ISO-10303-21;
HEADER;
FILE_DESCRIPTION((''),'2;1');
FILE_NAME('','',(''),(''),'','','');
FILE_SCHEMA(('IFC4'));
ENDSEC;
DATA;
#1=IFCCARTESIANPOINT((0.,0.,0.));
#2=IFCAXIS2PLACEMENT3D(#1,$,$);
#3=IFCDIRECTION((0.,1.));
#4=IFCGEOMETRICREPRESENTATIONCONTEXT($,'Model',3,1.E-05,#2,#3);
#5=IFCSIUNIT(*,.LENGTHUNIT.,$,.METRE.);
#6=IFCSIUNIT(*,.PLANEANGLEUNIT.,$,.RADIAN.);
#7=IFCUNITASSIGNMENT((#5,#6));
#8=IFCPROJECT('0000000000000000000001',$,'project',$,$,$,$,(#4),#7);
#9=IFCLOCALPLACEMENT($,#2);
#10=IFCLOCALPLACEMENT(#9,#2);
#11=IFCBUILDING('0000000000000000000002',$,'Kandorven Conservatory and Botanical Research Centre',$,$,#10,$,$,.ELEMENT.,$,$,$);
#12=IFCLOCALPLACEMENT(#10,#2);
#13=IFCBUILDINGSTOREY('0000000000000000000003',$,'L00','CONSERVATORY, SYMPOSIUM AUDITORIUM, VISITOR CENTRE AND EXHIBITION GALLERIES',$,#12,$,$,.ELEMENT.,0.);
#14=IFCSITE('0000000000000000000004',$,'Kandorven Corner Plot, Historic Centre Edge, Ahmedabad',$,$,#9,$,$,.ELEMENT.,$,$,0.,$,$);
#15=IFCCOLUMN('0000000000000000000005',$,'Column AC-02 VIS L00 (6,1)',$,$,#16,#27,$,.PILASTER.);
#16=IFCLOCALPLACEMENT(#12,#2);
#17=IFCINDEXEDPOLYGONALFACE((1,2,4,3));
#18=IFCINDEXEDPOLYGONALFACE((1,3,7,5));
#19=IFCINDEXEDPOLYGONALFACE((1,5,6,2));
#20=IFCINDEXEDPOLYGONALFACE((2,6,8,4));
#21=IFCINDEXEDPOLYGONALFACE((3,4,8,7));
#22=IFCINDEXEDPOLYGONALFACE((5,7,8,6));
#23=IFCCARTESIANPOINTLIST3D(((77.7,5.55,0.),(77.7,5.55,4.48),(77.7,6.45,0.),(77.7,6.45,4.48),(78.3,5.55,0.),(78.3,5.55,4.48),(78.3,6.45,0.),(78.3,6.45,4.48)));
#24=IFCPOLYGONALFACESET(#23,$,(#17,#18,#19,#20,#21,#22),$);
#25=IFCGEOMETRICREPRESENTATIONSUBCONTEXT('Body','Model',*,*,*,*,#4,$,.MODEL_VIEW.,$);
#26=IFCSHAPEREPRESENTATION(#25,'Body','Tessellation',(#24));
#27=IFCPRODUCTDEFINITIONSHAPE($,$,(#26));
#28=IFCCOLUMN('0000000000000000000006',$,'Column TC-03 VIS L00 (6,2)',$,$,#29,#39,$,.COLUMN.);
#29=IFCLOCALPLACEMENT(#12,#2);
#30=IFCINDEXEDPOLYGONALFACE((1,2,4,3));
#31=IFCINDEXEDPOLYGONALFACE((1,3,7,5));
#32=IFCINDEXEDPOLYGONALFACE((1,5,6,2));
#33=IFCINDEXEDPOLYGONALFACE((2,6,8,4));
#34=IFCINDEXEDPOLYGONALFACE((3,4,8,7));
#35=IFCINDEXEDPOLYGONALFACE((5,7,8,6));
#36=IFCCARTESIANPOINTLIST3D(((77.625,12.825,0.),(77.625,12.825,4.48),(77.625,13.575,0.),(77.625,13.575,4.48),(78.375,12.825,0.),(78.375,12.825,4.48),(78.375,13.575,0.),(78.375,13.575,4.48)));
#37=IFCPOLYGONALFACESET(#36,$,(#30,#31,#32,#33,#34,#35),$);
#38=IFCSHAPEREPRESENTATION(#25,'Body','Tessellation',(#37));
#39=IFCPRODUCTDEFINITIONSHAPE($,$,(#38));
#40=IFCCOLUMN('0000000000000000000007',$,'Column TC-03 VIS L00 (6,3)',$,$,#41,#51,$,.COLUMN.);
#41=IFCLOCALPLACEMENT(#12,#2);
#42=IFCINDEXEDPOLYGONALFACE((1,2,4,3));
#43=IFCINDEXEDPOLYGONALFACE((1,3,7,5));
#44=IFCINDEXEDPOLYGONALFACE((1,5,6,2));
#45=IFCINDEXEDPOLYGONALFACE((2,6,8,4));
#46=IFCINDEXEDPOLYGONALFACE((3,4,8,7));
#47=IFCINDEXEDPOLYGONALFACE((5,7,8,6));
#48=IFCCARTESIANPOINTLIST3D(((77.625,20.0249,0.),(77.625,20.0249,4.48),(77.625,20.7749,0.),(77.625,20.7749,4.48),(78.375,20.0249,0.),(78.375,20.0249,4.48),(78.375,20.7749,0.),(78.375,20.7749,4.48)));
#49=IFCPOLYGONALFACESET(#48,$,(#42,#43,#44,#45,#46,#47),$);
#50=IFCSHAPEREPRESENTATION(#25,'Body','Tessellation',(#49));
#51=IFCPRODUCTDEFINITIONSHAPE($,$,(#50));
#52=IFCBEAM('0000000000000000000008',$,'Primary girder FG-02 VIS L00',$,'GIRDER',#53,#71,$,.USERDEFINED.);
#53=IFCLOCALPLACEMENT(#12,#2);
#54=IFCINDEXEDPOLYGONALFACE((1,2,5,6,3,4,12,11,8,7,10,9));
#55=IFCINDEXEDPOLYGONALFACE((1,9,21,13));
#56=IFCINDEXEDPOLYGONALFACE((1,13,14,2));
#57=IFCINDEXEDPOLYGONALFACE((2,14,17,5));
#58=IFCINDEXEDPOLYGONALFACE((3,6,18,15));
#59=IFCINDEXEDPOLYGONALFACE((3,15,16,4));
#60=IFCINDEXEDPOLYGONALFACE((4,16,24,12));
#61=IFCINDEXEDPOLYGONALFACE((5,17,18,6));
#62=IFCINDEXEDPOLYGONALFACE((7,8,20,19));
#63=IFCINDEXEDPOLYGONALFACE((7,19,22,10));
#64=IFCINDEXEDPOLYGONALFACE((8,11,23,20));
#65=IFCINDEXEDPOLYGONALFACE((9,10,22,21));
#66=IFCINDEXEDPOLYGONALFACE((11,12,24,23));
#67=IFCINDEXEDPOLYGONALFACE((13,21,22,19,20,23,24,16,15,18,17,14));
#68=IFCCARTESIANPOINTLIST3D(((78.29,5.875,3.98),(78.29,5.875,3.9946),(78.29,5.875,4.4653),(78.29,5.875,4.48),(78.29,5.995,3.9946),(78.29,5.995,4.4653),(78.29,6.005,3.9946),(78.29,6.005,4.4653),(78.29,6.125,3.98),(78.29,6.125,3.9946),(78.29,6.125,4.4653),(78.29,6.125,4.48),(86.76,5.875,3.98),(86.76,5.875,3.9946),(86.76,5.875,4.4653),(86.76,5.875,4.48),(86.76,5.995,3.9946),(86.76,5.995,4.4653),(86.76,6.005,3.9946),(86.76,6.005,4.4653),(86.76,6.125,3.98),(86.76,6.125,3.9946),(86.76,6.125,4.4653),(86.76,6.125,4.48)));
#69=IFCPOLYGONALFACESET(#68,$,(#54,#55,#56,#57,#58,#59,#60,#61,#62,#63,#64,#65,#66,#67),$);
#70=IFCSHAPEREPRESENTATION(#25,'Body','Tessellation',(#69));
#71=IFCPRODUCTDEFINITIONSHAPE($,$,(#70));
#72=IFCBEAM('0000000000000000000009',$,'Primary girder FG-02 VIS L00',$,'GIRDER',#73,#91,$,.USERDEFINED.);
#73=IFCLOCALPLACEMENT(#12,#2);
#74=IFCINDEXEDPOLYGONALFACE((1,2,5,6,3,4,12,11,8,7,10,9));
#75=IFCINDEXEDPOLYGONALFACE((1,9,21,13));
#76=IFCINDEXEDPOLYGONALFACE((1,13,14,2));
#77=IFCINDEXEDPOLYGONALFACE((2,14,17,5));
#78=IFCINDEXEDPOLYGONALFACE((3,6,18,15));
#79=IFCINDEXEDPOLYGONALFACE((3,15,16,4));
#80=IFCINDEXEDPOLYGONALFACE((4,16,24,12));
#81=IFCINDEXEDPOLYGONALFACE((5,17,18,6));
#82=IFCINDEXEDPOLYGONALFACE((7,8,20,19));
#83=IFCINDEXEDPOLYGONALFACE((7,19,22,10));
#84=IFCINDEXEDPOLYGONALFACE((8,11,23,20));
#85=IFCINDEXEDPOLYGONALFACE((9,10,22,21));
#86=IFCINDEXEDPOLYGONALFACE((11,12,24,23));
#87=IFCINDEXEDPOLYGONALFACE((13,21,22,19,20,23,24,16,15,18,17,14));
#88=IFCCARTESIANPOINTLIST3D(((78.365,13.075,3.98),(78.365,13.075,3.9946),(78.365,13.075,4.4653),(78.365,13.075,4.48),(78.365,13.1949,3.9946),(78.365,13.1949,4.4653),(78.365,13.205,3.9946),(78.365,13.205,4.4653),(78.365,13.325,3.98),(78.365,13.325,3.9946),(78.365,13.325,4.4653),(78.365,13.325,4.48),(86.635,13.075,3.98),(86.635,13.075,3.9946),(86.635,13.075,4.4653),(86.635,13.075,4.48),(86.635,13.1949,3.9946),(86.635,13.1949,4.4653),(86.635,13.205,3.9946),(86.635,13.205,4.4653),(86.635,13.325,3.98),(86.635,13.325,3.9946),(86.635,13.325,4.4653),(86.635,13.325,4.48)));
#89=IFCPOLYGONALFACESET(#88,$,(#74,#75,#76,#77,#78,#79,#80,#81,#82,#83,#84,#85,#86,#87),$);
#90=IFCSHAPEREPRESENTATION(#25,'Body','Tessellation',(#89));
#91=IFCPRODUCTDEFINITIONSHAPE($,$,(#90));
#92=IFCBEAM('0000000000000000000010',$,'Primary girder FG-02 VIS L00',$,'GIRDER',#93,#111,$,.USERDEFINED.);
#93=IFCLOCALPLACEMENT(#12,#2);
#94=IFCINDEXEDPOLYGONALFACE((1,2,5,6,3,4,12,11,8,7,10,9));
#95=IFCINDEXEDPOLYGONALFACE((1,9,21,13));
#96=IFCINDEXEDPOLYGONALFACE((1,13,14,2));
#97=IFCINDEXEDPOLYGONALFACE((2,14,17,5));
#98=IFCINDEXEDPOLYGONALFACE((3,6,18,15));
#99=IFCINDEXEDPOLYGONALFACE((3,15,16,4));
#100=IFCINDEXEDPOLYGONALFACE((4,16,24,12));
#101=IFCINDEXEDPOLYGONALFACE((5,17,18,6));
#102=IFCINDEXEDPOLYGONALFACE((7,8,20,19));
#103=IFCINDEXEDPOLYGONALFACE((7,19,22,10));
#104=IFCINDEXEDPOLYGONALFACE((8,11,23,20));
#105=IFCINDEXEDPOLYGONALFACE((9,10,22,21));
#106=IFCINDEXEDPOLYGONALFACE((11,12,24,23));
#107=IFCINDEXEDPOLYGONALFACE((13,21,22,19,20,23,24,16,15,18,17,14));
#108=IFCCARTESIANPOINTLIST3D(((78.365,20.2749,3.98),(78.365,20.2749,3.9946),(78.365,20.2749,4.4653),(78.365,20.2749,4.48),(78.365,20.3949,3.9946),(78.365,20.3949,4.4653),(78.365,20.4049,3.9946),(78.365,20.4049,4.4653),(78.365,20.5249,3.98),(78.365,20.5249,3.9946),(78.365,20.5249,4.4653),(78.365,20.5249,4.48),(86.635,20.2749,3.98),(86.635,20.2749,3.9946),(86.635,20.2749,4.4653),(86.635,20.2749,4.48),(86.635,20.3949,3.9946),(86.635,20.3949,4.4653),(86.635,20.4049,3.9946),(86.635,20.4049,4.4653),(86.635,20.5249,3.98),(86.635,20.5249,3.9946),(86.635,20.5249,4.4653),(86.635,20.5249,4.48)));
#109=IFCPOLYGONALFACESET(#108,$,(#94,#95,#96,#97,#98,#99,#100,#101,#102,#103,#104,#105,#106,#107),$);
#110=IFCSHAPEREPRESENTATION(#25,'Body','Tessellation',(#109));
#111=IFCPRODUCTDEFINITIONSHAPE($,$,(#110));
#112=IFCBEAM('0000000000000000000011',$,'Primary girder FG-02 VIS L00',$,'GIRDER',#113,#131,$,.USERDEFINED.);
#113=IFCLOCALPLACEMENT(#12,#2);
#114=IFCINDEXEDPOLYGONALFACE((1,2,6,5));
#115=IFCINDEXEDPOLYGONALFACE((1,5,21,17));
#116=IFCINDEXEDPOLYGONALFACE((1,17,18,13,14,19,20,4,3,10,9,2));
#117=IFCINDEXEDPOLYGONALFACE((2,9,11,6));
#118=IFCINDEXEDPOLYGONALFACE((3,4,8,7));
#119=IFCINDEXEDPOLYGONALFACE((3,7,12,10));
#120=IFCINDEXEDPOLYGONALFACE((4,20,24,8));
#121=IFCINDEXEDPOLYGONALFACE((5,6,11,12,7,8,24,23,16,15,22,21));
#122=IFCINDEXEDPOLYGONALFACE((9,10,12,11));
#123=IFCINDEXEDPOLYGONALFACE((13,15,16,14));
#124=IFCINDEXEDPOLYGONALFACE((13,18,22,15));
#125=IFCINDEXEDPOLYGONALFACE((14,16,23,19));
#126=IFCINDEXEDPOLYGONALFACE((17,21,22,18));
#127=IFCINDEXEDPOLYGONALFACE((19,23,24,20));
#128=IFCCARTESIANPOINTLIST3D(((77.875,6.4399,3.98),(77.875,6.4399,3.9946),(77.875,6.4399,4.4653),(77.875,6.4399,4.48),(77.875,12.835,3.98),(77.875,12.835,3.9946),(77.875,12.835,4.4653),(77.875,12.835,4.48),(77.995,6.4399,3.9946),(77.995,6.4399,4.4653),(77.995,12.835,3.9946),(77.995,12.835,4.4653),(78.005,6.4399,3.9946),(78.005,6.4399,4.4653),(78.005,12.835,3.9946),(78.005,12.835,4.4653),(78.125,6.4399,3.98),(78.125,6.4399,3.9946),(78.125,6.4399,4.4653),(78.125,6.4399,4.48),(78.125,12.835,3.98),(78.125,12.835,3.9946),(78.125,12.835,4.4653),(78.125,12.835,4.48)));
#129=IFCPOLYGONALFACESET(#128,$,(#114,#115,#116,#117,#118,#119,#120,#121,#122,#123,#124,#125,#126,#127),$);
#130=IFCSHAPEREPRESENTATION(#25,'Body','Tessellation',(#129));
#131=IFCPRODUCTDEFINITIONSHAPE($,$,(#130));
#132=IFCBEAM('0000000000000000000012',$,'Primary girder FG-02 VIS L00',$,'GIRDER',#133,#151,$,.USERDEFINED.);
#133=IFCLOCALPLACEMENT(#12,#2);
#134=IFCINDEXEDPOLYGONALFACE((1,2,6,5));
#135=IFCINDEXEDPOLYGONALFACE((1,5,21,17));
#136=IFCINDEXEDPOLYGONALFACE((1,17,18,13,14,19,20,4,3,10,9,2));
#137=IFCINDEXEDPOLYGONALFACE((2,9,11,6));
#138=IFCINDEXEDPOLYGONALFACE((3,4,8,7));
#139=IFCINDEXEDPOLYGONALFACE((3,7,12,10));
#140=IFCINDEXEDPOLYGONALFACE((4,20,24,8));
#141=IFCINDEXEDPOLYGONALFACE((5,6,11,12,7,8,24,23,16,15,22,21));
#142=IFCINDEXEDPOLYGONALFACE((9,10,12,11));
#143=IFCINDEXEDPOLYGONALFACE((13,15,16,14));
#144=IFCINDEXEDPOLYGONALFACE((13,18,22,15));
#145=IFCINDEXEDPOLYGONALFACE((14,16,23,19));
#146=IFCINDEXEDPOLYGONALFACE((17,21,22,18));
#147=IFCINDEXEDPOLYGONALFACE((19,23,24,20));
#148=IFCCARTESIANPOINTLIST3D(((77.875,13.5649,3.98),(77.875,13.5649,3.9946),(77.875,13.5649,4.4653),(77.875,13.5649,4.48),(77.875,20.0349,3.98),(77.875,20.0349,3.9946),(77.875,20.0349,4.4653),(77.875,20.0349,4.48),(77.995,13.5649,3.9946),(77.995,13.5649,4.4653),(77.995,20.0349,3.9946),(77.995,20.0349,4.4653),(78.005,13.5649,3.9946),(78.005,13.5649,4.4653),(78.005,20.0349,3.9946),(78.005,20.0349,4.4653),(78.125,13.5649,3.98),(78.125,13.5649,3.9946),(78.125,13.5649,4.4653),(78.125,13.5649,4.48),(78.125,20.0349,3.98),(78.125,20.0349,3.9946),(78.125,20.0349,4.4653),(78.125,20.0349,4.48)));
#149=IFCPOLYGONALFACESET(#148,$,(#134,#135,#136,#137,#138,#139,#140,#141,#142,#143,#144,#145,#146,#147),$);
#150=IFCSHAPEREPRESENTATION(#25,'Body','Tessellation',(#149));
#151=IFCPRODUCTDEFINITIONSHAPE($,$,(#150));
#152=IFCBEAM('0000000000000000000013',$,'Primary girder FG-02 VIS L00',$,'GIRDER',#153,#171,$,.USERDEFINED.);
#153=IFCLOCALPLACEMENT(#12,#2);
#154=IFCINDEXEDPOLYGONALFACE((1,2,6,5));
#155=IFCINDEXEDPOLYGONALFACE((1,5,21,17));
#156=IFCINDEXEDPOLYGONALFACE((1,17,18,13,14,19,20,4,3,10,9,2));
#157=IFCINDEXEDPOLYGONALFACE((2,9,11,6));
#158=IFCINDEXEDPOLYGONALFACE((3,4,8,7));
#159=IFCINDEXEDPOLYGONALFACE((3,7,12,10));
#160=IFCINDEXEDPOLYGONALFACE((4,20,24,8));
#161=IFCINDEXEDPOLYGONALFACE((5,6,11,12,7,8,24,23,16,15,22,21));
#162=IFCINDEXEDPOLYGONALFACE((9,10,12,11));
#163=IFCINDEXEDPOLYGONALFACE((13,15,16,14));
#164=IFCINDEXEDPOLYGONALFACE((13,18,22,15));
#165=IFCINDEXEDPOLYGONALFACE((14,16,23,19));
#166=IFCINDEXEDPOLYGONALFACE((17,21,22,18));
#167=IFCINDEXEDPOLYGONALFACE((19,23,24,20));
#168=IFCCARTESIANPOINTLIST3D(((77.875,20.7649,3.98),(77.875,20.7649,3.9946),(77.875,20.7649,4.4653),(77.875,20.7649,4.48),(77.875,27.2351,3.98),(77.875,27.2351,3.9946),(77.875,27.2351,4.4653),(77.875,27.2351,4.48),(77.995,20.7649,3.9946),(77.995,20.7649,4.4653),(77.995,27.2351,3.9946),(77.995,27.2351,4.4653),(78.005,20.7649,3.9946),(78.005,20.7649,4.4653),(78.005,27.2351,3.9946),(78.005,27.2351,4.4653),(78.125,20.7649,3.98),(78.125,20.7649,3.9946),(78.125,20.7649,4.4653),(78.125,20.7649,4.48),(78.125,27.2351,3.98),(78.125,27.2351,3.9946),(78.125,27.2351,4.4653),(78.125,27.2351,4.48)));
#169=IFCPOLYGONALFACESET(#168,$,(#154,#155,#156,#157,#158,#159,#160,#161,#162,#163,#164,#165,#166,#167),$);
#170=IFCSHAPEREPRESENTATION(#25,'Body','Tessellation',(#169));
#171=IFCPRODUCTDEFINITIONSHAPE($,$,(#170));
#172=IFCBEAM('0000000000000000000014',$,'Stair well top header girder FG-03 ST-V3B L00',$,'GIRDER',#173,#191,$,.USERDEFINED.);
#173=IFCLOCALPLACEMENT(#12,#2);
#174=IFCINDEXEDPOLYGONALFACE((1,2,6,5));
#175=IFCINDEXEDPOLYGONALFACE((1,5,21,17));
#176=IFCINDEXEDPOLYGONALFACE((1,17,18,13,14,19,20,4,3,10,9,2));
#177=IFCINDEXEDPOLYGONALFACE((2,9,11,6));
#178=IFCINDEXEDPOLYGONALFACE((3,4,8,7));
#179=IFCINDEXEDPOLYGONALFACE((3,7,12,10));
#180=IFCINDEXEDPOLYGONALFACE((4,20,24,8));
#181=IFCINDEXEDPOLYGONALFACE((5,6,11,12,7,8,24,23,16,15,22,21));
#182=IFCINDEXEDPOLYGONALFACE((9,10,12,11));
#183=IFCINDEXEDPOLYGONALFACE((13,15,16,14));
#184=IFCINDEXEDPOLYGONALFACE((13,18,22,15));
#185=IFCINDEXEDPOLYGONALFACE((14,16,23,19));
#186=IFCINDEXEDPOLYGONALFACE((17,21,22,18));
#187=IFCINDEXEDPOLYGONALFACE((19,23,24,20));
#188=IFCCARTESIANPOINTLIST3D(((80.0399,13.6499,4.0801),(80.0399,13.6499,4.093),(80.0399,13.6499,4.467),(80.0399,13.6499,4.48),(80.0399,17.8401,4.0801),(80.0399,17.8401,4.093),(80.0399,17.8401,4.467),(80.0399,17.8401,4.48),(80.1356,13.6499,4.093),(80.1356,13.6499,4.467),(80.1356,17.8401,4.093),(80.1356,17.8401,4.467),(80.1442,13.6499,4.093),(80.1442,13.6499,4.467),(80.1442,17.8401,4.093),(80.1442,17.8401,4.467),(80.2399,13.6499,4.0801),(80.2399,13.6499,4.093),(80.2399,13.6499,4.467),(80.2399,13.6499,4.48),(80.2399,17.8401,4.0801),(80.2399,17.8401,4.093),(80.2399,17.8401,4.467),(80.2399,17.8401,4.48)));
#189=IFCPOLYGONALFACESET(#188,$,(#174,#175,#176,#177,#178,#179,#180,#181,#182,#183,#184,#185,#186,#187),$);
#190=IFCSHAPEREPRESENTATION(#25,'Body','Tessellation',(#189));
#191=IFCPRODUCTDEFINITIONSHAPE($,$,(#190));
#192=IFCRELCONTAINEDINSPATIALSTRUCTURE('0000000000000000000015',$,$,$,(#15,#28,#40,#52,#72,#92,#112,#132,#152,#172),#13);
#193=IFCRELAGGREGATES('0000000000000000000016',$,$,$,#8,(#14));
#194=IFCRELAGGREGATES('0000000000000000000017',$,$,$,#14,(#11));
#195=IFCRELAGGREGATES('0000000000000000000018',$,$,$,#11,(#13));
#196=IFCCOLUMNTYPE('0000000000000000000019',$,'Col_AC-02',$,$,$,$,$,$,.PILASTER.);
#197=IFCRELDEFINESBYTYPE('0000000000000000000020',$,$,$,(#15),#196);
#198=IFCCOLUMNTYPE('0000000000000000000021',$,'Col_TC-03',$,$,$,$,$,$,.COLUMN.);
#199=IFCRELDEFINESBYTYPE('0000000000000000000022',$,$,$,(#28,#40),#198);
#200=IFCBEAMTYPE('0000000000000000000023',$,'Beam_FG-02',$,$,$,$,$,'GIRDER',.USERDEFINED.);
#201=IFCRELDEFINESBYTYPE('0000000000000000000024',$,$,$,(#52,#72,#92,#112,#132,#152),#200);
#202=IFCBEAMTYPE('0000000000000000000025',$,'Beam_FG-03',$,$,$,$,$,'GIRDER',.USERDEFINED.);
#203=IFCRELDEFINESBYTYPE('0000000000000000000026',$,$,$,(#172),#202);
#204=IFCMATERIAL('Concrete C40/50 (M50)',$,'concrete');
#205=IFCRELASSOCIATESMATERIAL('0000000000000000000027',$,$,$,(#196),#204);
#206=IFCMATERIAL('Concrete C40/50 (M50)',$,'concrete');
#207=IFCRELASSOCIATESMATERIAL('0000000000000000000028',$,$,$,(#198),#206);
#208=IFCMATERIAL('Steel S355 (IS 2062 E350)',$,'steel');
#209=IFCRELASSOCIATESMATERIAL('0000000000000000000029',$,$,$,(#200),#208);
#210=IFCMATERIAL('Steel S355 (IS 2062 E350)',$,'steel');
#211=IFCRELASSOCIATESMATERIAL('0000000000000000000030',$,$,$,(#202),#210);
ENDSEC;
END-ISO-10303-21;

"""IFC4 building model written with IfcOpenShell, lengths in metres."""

from ifc_helpers import new_model, si_unit, direction, frame, origin, origin_2d, place, context, subcontext, project, spatial, rectangle, i_section, extrude, material, material_profile, profile_set, type_object, element, save


model = new_model("IFC4")

# Units and contexts
model_context = context("Model", 3, precision=1e-05, world=origin(), true_north=direction((0.0, 1.0)))
body_context = subcontext(model_context, "Body", "Model", "MODEL_VIEW")
ifc_project = project(units=[si_unit("LENGTHUNIT", "METRE"), si_unit("PLANEANGLEUNIT", "RADIAN")], contexts=[model_context])

# Site, building, storey
site_placement = place(None, origin())
site = spatial("IfcSite", under=ifc_project, at=site_placement, Name="Kandorven Corner Plot, Historic Centre Edge, Ahmedabad", CompositionType="ELEMENT", RefElevation=0.0)
building_placement = place(site_placement, origin())
building = spatial("IfcBuilding", under=site, at=building_placement, Name="Kandorven Conservatory and Botanical Research Centre", CompositionType="ELEMENT")
storey_placement = place(building_placement, origin())
storey = spatial("IfcBuildingStorey", under=building, at=storey_placement, Name="L00", Description="CONSERVATORY, SYMPOSIUM AUDITORIUM, VISITOR CENTRE AND EXHIBITION GALLERIES", CompositionType="ELEMENT", Elevation=0.0)

# Columns
ifc_material_1 = material(Name="Concrete C40/50 (M50)", Category="concrete")
ifc_material_profile_1 = material_profile(ifc_material_1, rectangle(XDim=0.6001, YDim=0.8999, at=origin_2d()))
ifc_profile_set_1 = profile_set([ifc_material_profile_1], Name="Concrete C40/50 (M50)")
column_type_1 = type_object("IfcColumnType", Name="Col_AC-02", PredefinedType="PILASTER", material=ifc_profile_set_1)
column_placement = place(storey_placement, frame((78.0, 6.0, 0.0), z_axis=(0.0, 0.0, 1.0), x_axis=(1.0, 0.0, 0.0)))
element("IfcColumn", 1, at=column_placement, inside=storey, type_object=column_type_1, Name="Column AC-02 VIS L00 (6,1)", PredefinedType="PILASTER", context=body_context, shape_type="SweptSolid", body=[
    extrude(rectangle(XDim=0.6001, YDim=0.8999, at=origin_2d()), origin(), (0.0, 0.0, 1.0), 4.48),
])
ifc_material_2 = material(Name="Concrete C40/50 (M50)", Category="concrete")
ifc_material_profile_2 = material_profile(ifc_material_2, rectangle(XDim=0.75, YDim=0.75, at=origin_2d()))
ifc_profile_set_2 = profile_set([ifc_material_profile_2], Name="Concrete C40/50 (M50)")
column_type_2 = type_object("IfcColumnType", Name="Col_TC-03", PredefinedType="COLUMN", material=ifc_profile_set_2)
for number, where, z_axis, x_axis, name in (
    (2, (78.0, 13.2, 0.0), (0.0, 0.0, 1.0), (1.0, 0.0, 0.0), "Column TC-03 VIS L00 (6,2)"),
    (3, (78.0, 20.3999, 0.0), (0.0, 0.0, 1.0), (1.0, 0.0, 0.0), "Column TC-03 VIS L00 (6,3)"),
):
    element("IfcColumn", number, at=place(storey_placement, frame(where, z_axis=z_axis, x_axis=x_axis)), inside=storey, type_object=column_type_2, Name=name, PredefinedType="COLUMN", context=body_context, shape_type="SweptSolid", body=[
        extrude(rectangle(XDim=0.75, YDim=0.75, at=origin_2d()), origin(), (0.0, 0.0, 1.0), 4.48),
    ])

# Beams
ifc_material_3 = material(Name="Steel S355 (IS 2062 E350)", Category="steel")
ifc_material_profile_3 = material_profile(ifc_material_3, i_section(OverallWidth=0.25, OverallDepth=0.5, WebThickness=0.01, FlangeThickness=0.0146, at=origin_2d()))
ifc_profile_set_3 = profile_set([ifc_material_profile_3], Name="Steel S355 (IS 2062 E350)")
beam_type_1 = type_object("IfcBeamType", Name="Beam_FG-02", ElementType="GIRDER", PredefinedType="USERDEFINED", material=ifc_profile_set_3)
beam_1_placement = place(storey_placement, frame((78.29, 6.0, 4.23), z_axis=(1.0, 0.0, 0.0), x_axis=(0.0, 1.0, 0.0)))
element("IfcBeam", 4, at=beam_1_placement, inside=storey, type_object=beam_type_1, Name="Primary girder FG-02 VIS L00", ObjectType="GIRDER", PredefinedType="USERDEFINED", context=body_context, shape_type="SweptSolid", body=[
    extrude(i_section(OverallWidth=0.25, OverallDepth=0.5, WebThickness=0.01, FlangeThickness=0.0146, at=origin_2d()), origin(), (0.0, 0.0, 1.0), 8.47),
])
for number, where, z_axis, x_axis, name in (
    (5, (78.365, 13.2, 4.23), (1.0, 0.0, 0.0), (0.0, 1.0, 0.0), "Primary girder FG-02 VIS L00"),
    (6, (78.365, 20.3999, 4.23), (1.0, 0.0, 0.0), (0.0, 1.0, 0.0), "Primary girder FG-02 VIS L00"),
):
    element("IfcBeam", number, at=place(storey_placement, frame(where, z_axis=z_axis, x_axis=x_axis)), inside=storey, type_object=beam_type_1, Name=name, ObjectType="GIRDER", PredefinedType="USERDEFINED", context=body_context, shape_type="SweptSolid", body=[
        extrude(i_section(OverallWidth=0.25, OverallDepth=0.5, WebThickness=0.01, FlangeThickness=0.0146, at=origin_2d()), origin(), (0.0, 0.0, 1.0), 8.27),
    ])
beam_2_placement = place(storey_placement, frame((78.0, 6.4399, 4.23), z_axis=(0.0, 1.0, 0.0), x_axis=(-1.0, 0.0, 0.0)))
element("IfcBeam", 7, at=beam_2_placement, inside=storey, type_object=beam_type_1, Name="Primary girder FG-02 VIS L00", ObjectType="GIRDER", PredefinedType="USERDEFINED", context=body_context, shape_type="SweptSolid", body=[
    extrude(i_section(OverallWidth=0.25, OverallDepth=0.5, WebThickness=0.01, FlangeThickness=0.0146, at=origin_2d()), origin(), (0.0, 0.0, 1.0), 6.395),
])
beam_3_placement = place(storey_placement, frame((78.0, 13.5649, 4.23), z_axis=(0.0, 1.0, 0.0), x_axis=(-1.0, 0.0, 0.0)))
element("IfcBeam", 8, at=beam_3_placement, inside=storey, type_object=beam_type_1, Name="Primary girder FG-02 VIS L00", ObjectType="GIRDER", PredefinedType="USERDEFINED", context=body_context, shape_type="SweptSolid", body=[
    extrude(i_section(OverallWidth=0.25, OverallDepth=0.5, WebThickness=0.01, FlangeThickness=0.0146, at=origin_2d()), origin(), (0.0, 0.0, 1.0), 6.47),
])
beam_4_placement = place(storey_placement, frame((78.0, 20.7649, 4.23), z_axis=(0.0, 1.0, 0.0), x_axis=(-1.0, 0.0, 0.0)))
element("IfcBeam", 9, at=beam_4_placement, inside=storey, type_object=beam_type_1, Name="Primary girder FG-02 VIS L00", ObjectType="GIRDER", PredefinedType="USERDEFINED", context=body_context, shape_type="SweptSolid", body=[
    extrude(i_section(OverallWidth=0.25, OverallDepth=0.5, WebThickness=0.01, FlangeThickness=0.0146, at=origin_2d()), origin(), (0.0, 0.0, 1.0), 6.4702),
])
ifc_material_4 = material(Name="Steel S355 (IS 2062 E350)", Category="steel")
ifc_material_profile_4 = material_profile(ifc_material_4, i_section(OverallWidth=0.2, OverallDepth=0.3999, WebThickness=0.0085, FlangeThickness=0.0129, at=origin_2d()))
ifc_profile_set_4 = profile_set([ifc_material_profile_4], Name="Steel S355 (IS 2062 E350)")
beam_type_2 = type_object("IfcBeamType", Name="Beam_FG-03", ElementType="GIRDER", PredefinedType="USERDEFINED", material=ifc_profile_set_4)
beam_5_placement = place(storey_placement, frame((80.1399, 13.6499, 4.28), z_axis=(0.0, 1.0, 0.0), x_axis=(-1.0, 0.0, 0.0)))
element("IfcBeam", 10, at=beam_5_placement, inside=storey, type_object=beam_type_2, Name="Stair well top header girder FG-03 ST-V3B L00", ObjectType="GIRDER", PredefinedType="USERDEFINED", context=body_context, shape_type="SweptSolid", body=[
    extrude(i_section(OverallWidth=0.2, OverallDepth=0.3999, WebThickness=0.0085, FlangeThickness=0.0129, at=origin_2d()), origin(), (0.0, 0.0, 1.0), 4.1902),
])

save(model, "model.ifc")
